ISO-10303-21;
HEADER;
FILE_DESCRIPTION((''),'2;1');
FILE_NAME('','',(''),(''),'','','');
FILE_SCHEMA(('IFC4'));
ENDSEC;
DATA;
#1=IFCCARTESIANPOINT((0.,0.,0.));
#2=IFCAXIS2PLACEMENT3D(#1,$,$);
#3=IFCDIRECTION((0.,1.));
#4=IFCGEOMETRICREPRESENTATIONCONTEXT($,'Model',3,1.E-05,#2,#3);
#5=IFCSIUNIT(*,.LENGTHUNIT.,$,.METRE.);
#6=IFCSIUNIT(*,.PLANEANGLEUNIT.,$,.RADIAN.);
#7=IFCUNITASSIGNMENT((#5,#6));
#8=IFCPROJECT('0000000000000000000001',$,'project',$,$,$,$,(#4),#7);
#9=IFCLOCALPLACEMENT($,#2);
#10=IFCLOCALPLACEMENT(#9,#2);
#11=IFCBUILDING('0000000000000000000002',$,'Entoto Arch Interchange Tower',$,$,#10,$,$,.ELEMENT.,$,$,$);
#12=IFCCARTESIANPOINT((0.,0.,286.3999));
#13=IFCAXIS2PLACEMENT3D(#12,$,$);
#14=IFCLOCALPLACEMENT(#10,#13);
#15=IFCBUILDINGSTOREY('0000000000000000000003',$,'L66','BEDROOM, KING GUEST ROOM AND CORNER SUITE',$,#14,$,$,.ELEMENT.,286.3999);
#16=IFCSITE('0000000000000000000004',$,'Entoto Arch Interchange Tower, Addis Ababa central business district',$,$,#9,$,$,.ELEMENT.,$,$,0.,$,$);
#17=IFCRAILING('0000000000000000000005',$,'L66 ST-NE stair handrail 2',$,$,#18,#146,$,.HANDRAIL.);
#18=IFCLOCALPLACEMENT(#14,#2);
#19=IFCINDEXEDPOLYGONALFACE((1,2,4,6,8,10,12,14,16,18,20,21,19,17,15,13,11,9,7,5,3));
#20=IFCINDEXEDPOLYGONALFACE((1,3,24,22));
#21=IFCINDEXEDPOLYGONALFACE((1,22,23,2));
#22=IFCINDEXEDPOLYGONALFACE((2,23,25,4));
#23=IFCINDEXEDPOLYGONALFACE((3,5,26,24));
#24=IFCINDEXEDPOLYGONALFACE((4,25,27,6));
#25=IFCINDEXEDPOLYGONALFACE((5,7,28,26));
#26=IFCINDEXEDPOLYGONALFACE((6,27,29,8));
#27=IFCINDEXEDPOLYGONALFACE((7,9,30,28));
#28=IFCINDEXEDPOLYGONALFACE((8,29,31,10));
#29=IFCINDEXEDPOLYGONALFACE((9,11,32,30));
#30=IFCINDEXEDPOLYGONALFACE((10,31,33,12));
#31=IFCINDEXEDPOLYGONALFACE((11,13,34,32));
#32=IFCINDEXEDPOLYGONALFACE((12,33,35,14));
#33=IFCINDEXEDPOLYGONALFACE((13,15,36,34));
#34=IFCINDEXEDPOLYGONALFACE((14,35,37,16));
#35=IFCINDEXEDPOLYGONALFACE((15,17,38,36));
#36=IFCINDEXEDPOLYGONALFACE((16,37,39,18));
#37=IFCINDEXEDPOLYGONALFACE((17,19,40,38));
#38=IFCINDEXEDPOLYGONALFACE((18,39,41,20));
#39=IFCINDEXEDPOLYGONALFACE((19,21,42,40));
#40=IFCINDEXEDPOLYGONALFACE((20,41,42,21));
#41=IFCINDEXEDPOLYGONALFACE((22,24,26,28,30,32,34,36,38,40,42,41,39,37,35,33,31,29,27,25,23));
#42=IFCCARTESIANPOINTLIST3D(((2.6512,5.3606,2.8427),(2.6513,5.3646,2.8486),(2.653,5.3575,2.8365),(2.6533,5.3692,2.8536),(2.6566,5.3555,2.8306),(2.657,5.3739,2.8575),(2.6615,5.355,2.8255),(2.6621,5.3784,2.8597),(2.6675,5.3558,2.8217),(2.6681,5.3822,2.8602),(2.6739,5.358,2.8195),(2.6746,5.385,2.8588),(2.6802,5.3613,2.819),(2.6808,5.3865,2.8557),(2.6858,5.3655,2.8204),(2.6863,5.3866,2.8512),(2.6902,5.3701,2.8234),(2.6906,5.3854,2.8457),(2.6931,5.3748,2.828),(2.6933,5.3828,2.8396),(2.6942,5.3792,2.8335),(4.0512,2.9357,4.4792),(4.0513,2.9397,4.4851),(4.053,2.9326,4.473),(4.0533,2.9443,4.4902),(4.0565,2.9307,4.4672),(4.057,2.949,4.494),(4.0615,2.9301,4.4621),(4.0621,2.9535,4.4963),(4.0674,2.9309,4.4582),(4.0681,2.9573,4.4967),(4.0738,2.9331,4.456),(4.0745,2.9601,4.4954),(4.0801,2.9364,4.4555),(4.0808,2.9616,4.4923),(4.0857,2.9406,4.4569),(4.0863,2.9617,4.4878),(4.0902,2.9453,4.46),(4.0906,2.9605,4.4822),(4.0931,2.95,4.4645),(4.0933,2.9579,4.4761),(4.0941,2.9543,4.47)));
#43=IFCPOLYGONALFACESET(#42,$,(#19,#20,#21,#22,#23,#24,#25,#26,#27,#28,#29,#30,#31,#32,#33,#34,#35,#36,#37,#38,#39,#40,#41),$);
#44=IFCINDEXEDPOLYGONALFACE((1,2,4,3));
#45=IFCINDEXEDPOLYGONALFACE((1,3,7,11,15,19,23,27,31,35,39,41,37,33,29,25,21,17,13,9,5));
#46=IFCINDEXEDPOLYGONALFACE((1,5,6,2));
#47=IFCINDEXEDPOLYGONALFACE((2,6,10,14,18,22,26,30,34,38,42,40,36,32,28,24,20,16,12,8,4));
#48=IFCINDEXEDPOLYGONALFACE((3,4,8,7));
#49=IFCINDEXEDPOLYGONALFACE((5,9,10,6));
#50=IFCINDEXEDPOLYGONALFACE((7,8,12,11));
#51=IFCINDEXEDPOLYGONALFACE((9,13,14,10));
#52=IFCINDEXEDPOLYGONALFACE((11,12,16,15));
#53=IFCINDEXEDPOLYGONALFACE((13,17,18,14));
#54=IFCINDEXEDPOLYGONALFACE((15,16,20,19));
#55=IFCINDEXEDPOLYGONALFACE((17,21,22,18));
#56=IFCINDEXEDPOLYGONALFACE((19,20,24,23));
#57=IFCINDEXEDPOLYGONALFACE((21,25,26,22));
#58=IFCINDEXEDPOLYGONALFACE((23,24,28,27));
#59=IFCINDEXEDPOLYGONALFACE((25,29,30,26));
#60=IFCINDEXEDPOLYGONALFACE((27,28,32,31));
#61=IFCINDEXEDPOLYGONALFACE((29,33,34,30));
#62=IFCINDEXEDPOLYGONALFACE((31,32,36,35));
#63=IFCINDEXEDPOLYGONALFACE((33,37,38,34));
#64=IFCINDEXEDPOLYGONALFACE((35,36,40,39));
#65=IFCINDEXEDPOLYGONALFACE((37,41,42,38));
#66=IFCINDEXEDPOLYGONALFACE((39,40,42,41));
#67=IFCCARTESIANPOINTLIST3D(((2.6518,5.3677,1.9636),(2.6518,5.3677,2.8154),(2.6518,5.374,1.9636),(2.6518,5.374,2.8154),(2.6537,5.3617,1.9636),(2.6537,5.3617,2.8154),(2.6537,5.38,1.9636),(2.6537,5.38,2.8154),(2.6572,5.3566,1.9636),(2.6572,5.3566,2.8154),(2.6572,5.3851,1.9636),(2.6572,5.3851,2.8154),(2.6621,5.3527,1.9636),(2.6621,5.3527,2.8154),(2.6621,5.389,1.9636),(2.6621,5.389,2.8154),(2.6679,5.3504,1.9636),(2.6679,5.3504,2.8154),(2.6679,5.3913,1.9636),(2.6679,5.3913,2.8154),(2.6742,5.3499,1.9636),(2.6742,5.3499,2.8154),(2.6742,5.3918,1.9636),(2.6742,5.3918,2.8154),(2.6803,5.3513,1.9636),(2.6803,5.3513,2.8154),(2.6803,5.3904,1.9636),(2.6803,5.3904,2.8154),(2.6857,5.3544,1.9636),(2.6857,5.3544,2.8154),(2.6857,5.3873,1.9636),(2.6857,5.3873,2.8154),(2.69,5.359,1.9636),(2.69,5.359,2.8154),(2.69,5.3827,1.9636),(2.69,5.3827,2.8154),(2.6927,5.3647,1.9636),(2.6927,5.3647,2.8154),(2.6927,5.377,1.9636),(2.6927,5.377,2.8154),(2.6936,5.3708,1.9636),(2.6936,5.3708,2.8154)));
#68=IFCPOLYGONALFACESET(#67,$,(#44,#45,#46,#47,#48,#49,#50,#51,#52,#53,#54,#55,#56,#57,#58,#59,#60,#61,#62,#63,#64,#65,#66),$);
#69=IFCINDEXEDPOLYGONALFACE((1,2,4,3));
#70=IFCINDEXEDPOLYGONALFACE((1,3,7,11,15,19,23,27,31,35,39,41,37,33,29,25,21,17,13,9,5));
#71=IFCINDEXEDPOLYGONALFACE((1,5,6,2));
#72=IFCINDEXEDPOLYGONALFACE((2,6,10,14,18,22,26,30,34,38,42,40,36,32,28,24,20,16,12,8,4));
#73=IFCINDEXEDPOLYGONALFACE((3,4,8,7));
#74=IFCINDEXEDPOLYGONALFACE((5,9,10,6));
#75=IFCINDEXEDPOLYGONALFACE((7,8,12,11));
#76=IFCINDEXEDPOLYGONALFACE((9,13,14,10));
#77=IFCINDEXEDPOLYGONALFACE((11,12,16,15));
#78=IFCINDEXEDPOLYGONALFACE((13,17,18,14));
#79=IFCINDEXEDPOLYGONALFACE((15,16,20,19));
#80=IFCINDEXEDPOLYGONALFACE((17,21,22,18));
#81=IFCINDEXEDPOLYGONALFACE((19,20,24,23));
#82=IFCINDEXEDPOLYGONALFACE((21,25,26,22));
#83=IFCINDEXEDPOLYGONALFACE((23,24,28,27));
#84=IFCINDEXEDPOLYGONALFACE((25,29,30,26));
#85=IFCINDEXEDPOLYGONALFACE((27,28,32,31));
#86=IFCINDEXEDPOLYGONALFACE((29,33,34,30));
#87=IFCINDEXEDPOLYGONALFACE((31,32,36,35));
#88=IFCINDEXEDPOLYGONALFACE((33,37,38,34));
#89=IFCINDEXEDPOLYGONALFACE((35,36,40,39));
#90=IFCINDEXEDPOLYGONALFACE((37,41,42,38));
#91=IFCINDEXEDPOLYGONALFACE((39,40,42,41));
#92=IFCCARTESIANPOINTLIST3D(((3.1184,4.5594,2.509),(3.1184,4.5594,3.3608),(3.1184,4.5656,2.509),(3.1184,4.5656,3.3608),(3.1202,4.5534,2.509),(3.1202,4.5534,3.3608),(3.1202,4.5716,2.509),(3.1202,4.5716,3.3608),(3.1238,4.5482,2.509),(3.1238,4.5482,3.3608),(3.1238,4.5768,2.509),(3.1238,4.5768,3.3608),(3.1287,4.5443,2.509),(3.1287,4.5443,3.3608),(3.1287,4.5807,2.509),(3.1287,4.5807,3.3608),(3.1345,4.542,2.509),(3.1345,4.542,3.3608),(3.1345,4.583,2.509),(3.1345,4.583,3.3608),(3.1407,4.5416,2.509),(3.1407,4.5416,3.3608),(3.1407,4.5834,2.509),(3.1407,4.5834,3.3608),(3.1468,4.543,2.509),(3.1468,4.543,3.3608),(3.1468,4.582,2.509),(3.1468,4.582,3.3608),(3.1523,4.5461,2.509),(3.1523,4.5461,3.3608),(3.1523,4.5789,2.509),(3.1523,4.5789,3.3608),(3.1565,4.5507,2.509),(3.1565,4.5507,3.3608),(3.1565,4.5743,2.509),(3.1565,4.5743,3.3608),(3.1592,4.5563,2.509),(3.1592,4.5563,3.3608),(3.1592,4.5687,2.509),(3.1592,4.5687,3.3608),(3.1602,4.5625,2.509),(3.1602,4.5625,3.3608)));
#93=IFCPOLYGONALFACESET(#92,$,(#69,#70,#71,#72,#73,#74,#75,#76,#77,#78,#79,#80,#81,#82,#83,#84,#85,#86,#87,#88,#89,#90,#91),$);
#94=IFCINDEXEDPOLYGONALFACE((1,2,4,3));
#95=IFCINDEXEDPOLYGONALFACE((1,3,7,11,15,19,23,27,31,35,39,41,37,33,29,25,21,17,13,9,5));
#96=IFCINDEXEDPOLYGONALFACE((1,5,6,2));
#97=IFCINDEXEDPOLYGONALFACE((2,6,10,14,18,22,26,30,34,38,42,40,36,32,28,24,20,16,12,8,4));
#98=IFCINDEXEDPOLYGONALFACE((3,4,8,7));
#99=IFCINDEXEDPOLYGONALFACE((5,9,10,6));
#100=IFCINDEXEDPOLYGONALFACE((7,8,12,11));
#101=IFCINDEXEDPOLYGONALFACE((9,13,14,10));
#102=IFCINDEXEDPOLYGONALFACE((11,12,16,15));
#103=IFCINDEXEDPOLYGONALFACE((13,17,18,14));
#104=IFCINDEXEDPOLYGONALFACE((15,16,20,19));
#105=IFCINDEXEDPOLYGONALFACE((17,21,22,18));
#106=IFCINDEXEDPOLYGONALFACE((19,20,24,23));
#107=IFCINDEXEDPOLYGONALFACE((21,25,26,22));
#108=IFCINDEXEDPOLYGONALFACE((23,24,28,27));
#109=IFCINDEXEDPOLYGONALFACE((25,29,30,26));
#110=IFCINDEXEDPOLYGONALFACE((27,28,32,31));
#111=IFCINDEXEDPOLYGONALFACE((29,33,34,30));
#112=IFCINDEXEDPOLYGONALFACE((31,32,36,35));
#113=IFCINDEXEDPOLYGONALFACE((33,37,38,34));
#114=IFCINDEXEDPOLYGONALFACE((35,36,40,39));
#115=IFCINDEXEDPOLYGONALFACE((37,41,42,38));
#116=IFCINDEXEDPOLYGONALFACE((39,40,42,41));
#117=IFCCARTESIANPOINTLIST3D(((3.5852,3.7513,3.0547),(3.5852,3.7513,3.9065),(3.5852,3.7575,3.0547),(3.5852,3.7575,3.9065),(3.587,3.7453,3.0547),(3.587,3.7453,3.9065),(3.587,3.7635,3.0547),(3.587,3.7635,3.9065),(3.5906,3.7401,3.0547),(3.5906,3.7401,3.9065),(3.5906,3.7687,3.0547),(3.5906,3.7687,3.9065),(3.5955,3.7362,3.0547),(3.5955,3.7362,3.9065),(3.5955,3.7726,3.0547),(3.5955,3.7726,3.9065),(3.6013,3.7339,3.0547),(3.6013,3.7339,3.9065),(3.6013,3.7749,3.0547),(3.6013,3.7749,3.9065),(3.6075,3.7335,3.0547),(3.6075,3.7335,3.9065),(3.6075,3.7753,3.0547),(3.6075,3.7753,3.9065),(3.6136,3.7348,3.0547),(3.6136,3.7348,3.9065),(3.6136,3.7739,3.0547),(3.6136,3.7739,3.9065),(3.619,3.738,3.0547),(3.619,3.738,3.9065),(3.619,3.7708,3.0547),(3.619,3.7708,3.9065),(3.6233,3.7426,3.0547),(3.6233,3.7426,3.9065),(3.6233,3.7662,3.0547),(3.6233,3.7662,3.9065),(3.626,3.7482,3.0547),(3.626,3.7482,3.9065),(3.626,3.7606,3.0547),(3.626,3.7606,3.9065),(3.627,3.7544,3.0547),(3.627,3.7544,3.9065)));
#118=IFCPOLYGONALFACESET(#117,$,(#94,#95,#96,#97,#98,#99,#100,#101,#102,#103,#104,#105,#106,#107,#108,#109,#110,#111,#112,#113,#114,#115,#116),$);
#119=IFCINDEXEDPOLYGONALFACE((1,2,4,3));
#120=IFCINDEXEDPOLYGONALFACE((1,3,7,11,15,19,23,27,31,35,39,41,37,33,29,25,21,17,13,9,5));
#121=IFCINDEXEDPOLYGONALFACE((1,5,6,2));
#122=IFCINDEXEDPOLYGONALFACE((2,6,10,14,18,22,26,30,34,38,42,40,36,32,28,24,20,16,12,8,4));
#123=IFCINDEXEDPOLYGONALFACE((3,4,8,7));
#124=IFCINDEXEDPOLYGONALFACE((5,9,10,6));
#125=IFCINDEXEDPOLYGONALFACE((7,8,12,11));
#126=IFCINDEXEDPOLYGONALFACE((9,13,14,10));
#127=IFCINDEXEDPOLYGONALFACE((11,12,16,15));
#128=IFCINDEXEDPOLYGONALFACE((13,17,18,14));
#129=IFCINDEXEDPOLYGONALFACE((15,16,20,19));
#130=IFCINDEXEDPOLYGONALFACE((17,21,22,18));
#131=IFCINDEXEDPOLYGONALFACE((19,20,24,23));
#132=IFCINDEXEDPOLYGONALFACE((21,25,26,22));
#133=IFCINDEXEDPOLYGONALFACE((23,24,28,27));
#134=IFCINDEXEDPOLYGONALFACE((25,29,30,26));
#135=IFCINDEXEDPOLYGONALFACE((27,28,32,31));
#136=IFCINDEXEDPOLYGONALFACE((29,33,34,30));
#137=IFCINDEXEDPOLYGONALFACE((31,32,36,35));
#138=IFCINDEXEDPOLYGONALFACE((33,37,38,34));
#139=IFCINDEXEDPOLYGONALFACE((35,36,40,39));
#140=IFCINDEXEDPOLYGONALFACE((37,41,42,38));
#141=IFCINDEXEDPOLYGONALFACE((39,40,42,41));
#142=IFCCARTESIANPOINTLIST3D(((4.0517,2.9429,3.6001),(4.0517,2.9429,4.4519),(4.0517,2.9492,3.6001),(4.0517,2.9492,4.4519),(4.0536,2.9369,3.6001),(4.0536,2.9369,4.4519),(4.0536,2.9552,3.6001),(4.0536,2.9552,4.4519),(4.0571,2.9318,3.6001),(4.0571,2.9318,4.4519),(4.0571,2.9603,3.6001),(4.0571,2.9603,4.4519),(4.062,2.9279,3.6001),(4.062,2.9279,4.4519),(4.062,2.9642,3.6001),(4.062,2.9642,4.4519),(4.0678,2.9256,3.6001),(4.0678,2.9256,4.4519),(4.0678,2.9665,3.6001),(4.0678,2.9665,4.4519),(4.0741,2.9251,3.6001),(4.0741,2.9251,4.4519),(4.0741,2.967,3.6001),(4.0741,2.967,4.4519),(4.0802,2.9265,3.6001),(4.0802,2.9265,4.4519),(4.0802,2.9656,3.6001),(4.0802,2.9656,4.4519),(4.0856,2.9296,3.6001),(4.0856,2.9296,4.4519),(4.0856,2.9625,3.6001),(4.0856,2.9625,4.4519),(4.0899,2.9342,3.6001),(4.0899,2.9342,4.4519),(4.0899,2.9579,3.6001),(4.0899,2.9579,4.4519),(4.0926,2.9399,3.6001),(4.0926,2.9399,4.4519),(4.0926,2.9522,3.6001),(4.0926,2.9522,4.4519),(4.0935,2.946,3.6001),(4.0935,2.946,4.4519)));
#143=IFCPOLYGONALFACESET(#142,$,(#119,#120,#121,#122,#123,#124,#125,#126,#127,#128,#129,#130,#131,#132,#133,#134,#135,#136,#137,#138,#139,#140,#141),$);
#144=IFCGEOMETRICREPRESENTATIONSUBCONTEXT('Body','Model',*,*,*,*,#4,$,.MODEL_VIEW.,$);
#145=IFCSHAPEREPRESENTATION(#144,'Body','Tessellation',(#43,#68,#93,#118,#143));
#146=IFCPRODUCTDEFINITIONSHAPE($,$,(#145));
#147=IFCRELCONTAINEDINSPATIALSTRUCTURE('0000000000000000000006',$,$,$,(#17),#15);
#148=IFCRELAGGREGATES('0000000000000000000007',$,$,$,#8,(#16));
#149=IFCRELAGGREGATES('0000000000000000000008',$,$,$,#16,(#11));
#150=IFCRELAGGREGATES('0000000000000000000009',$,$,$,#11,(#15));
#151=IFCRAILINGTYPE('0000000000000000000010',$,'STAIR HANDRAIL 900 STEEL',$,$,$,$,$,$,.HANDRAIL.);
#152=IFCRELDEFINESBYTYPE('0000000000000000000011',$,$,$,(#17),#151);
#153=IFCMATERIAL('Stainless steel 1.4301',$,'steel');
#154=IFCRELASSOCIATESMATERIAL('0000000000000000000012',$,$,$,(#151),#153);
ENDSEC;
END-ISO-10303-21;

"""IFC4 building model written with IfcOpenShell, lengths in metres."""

from ifc_helpers import new_model, si_unit, direction, frame, origin, origin_2d, place, context, subcontext, project, spatial, circle, extrude, material, type_object, element, save


model = new_model("IFC4")

# Units and contexts
model_context = context("Model", 3, precision=1e-05, world=origin(), true_north=direction((0.0, 1.0)))
body_context = subcontext(model_context, "Body", "Model", "MODEL_VIEW")
ifc_project = project(units=[si_unit("LENGTHUNIT", "METRE"), si_unit("PLANEANGLEUNIT", "RADIAN")], contexts=[model_context])

# Site, building, storey
site_placement = place(None, origin())
site = spatial("IfcSite", under=ifc_project, at=site_placement, Name="Entoto Arch Interchange Tower, Addis Ababa central business district", CompositionType="ELEMENT", RefElevation=0.0)
building_placement = place(site_placement, origin())
building = spatial("IfcBuilding", under=site, at=building_placement, Name="Entoto Arch Interchange Tower", CompositionType="ELEMENT")
storey_placement = place(building_placement, frame((0.0, 0.0, 286.3999)))
storey = spatial("IfcBuildingStorey", under=building, at=storey_placement, Name="L66", Description="BEDROOM, KING GUEST ROOM AND CORNER SUITE", CompositionType="ELEMENT", Elevation=286.3999)

# Railing
ifc_material_1 = material(Name="Stainless steel 1.4301", Category="steel")
railing_type_1 = type_object("IfcRailingType", Name="STAIR HANDRAIL 900 STEEL", PredefinedType="HANDRAIL", material=ifc_material_1)
railing_1_placement = place(storey_placement, frame((2.6726, 5.3708, 1.9636)))
element("IfcRailing", 1, at=railing_1_placement, inside=storey, type_object=railing_type_1, Name="L66 ST-NE stair handrail 2", PredefinedType="HANDRAIL", context=body_context, shape_type="SweptSolid", body=[
    extrude(circle(Radius=0.0239, at=origin_2d()), frame((0.0, 0.0, 0.876), z_axis=(0.431661, -0.74769, 0.504608), x_axis=(0.866035, 0.499984, 0.0)), (0.0, 0.0, 1.0), 3.2432),
    extrude(circle(Radius=0.021, at=origin_2d()), origin(), (0.0, 0.0, 1.0), 0.8518),
    extrude(circle(Radius=0.021, at=origin_2d()), frame((0.4666, -0.8083, 0.5454)), (0.0, 0.0, 1.0), 0.8518),
    extrude(circle(Radius=0.021, at=origin_2d()), frame((0.9333, -1.6165, 1.0911)), (0.0, 0.0, 1.0), 0.8518),
    extrude(circle(Radius=0.021, at=origin_2d()), frame((1.3999, -2.4248, 1.6365)), (0.0, 0.0, 1.0), 0.8518),
])

save(model, "model.ifc")
